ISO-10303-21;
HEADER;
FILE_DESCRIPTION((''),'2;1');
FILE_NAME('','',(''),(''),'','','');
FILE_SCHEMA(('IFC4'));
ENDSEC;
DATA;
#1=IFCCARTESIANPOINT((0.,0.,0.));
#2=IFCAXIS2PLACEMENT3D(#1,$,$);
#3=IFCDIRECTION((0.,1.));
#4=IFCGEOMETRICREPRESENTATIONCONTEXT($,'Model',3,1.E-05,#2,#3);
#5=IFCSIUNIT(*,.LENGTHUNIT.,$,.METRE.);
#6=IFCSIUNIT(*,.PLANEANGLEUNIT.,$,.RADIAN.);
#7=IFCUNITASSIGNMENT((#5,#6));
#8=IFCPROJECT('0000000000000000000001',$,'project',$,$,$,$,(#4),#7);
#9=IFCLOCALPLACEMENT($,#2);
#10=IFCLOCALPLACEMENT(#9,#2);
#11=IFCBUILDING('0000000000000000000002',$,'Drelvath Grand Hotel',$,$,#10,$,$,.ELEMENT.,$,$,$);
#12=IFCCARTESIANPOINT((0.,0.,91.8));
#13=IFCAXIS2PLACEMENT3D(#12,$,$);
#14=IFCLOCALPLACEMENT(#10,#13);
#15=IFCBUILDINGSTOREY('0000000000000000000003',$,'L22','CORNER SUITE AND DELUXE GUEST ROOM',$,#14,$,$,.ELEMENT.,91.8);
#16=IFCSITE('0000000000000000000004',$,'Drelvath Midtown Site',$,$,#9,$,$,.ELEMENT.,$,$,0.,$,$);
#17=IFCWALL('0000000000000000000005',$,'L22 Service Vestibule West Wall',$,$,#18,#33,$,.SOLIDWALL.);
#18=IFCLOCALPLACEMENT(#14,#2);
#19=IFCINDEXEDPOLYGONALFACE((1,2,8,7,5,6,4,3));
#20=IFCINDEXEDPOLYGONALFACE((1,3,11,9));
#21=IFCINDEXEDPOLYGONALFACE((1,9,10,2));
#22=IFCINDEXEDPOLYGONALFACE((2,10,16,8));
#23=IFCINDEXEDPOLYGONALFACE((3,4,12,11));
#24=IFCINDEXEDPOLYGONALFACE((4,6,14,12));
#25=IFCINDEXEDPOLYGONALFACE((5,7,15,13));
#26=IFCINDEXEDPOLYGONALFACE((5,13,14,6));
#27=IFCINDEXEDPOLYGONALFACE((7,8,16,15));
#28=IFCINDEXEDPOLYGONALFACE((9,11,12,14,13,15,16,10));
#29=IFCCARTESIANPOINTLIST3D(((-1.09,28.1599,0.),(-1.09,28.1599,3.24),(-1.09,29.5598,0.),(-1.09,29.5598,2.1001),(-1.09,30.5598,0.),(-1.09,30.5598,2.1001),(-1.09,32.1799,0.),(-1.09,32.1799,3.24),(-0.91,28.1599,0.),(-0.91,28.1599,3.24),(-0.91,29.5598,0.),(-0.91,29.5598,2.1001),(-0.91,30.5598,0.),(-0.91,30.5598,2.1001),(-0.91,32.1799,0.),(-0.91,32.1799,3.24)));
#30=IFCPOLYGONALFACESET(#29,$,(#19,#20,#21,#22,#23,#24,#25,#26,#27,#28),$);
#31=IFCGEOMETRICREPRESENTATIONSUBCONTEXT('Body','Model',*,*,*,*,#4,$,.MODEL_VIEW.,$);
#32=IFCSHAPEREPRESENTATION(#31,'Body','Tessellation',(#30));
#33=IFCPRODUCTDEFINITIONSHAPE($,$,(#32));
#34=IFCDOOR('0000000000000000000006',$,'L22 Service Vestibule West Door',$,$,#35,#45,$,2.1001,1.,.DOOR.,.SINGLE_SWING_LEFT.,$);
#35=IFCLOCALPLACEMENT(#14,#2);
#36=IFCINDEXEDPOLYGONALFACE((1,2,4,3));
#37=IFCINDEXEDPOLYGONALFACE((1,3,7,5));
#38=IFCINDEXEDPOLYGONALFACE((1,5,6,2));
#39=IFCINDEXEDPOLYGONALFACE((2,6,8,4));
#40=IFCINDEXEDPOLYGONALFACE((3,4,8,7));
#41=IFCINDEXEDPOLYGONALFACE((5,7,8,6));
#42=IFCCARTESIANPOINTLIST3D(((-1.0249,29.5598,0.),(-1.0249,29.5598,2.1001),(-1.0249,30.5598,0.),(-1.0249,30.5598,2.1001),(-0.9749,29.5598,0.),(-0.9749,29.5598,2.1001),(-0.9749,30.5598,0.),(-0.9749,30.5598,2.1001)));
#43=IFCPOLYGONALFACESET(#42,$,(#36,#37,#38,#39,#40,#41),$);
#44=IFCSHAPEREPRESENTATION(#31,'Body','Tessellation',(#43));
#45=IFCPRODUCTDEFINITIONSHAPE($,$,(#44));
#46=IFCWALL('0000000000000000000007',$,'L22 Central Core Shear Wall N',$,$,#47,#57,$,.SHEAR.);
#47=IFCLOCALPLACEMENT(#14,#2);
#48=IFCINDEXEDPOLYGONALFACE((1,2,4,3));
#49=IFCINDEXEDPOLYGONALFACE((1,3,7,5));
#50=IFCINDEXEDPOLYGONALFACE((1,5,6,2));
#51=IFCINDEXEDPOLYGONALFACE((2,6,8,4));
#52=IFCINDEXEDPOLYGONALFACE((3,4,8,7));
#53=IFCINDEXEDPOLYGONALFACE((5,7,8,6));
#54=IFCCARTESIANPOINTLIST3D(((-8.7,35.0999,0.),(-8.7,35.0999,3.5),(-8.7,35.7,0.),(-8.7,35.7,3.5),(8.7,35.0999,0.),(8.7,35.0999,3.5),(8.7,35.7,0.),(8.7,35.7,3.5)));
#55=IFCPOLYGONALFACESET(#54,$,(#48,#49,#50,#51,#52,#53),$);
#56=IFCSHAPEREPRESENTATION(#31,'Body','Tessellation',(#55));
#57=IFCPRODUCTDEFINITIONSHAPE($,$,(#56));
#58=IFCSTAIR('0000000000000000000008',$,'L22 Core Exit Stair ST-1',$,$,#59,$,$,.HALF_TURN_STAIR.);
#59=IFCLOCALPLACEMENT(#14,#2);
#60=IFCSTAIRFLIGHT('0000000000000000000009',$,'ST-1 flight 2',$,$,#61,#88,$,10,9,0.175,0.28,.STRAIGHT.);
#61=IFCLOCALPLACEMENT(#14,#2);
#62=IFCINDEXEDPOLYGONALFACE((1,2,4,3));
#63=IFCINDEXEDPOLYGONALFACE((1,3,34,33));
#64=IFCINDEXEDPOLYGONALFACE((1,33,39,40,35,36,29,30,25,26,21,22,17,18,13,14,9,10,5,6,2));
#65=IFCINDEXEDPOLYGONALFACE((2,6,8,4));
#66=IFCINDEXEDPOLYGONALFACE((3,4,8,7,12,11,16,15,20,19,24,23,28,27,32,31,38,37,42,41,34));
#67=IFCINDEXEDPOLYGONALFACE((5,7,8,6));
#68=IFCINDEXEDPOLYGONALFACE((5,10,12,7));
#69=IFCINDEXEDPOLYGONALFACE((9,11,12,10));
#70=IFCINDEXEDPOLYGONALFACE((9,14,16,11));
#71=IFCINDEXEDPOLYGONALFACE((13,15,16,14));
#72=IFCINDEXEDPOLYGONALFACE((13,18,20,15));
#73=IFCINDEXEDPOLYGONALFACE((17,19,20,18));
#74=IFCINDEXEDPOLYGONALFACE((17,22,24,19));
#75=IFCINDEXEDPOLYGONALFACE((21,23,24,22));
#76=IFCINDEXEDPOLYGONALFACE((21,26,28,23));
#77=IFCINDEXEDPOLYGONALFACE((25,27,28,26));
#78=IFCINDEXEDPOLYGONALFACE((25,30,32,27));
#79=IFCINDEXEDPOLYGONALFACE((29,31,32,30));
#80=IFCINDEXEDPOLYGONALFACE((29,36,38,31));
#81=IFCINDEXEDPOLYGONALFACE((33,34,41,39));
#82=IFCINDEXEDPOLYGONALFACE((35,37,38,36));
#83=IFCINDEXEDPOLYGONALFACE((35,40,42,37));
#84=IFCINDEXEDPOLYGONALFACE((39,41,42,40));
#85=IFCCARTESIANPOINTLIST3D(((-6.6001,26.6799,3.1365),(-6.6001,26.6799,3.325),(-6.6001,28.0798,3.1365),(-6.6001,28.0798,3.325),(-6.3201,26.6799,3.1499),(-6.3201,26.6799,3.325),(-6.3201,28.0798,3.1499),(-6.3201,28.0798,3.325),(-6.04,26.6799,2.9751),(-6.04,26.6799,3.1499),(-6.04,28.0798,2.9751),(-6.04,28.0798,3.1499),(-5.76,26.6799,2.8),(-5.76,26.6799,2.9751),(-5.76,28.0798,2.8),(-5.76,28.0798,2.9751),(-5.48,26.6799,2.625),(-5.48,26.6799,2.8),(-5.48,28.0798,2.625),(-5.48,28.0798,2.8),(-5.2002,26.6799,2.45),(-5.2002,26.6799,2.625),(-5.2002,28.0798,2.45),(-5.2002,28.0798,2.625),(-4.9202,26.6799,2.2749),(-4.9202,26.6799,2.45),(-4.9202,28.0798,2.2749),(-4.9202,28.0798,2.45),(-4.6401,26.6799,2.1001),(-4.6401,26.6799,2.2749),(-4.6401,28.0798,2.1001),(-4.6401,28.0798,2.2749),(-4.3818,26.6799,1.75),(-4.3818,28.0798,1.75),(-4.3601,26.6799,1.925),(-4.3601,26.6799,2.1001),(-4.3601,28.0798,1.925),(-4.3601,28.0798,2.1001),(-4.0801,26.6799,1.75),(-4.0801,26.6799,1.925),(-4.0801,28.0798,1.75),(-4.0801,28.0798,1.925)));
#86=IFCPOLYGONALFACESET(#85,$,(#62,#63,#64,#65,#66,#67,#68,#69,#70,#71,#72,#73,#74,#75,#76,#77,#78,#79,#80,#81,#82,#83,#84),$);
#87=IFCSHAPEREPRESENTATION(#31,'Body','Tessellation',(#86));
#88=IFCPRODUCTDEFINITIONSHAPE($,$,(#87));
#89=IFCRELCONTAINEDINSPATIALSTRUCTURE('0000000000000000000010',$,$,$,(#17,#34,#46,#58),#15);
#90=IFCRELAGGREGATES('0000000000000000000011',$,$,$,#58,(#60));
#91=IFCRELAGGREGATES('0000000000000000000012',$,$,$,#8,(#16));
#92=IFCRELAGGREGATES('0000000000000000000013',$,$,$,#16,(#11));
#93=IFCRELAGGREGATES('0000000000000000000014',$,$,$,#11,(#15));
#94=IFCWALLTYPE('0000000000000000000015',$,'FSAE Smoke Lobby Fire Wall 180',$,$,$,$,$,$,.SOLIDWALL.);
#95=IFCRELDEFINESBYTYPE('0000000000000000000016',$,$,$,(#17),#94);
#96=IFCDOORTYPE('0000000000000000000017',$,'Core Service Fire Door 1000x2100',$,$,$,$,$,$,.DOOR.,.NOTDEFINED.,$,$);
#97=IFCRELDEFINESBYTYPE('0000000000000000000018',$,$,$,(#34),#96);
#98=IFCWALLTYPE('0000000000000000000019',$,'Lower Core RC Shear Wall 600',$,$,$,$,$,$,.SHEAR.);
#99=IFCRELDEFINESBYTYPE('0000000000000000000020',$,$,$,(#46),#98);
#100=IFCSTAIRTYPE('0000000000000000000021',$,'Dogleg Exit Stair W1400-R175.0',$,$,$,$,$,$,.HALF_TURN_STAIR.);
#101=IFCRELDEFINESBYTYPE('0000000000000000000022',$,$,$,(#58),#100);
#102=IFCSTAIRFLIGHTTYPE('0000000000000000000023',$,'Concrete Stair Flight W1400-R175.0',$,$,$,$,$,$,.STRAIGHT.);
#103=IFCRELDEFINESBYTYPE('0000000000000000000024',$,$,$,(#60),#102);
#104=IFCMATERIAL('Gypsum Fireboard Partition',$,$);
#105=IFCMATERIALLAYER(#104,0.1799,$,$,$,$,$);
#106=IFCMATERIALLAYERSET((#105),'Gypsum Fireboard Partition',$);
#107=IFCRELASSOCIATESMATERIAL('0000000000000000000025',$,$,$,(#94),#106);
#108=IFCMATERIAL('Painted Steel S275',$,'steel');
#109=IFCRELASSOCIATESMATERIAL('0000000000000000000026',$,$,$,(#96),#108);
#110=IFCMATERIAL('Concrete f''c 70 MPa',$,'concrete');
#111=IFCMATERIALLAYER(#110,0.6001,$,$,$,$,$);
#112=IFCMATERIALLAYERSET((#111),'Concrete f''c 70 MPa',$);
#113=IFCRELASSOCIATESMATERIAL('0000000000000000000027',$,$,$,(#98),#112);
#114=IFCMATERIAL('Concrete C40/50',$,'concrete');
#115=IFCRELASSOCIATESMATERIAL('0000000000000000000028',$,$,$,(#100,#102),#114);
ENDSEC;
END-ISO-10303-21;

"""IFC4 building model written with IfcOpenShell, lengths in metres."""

from ifc_helpers import new_model, si_unit, direction, frame, frame_2d, origin, place, context, subcontext, project, spatial, polyline, rectangle, outline, extrude, material, layer, layer_set, type_object, element, fill, aggregate, save


model = new_model("IFC4")

# Units and contexts
model_context = context("Model", 3, precision=1e-05, world=origin(), true_north=direction((0.0, 1.0)))
body_context = subcontext(model_context, "Body", "Model", "MODEL_VIEW")
ifc_project = project(units=[si_unit("LENGTHUNIT", "METRE"), si_unit("PLANEANGLEUNIT", "RADIAN")], contexts=[model_context])

# Site, building, storey
site_placement = place(None, origin())
site = spatial("IfcSite", under=ifc_project, at=site_placement, Name="Drelvath Midtown Site", CompositionType="ELEMENT", RefElevation=0.0)
building_placement = place(site_placement, origin())
building = spatial("IfcBuilding", under=site, at=building_placement, Name="Drelvath Grand Hotel", CompositionType="ELEMENT")
storey_placement = place(building_placement, frame((0.0, 0.0, 91.8)))
storey = spatial("IfcBuildingStorey", under=building, at=storey_placement, Name="L22", Description="CORNER SUITE AND DELUXE GUEST ROOM", CompositionType="ELEMENT", Elevation=91.8)

# Shared definitions
ifc_material_1 = material(Name="Concrete f'c 70 MPa", Category="concrete")

# Shared definitions
ifc_material_2 = material(Name="Concrete C40/50", Category="concrete")

# Shared definitions
ifc_material_3 = material(Name="Gypsum Fireboard Partition")

# Wall, opening, door
ifc_layer_1 = layer(ifc_material_3, 0.1799)
ifc_layer_set_1 = layer_set([ifc_layer_1], Name="Gypsum Fireboard Partition")
wall_type_1 = type_object("IfcWallType", Name="FSAE Smoke Lobby Fire Wall 180", PredefinedType="SOLIDWALL", material=ifc_layer_set_1)
wall_1_placement = place(storey_placement, frame((-1.0, 28.1599, 0.0), z_axis=(0.0, 0.0, 1.0), x_axis=(0.0, 1.0, 0.0)))
wall_1 = element("IfcWall", 1, at=wall_1_placement, inside=storey, type_object=wall_type_1, Name="L22 Service Vestibule West Wall", PredefinedType="SOLIDWALL", context=body_context, shape_type="SweptSolid", body=[
    extrude(rectangle(XDim=4.02, YDim=0.1799, at=frame_2d((2.01, 0.0))), origin(), (0.0, 0.0, 1.0), 3.24),
])
opening_1_placement = place(wall_1_placement, frame((1.3999, 0.0, 0.0)))
opening_1 = element("IfcOpeningElement", 2, at=opening_1_placement, cuts=wall_1, PredefinedType="OPENING", context=body_context, shape_type="SweptSolid", body=[
    extrude(rectangle(XDim=1.0, YDim=2.1001, at=frame_2d((0.5, 1.05))), frame((0.0, 0.0999, 0.0), z_axis=(0.0, -1.0, 0.0), x_axis=(1.0, 0.0, 0.0)), (0.0, 0.0, 1.0), 0.2),
])
ifc_material_4 = material(Name="Painted Steel S275", Category="steel")
door_type_1 = type_object("IfcDoorType", Name="Core Service Fire Door 1000x2100", OperationType="NOTDEFINED", PredefinedType="DOOR", material=ifc_material_4)
door_1_placement = place(opening_1_placement, origin())
door_1 = element("IfcDoor", 3, at=door_1_placement, inside=storey, type_object=door_type_1, Name="L22 Service Vestibule West Door", OperationType="SINGLE_SWING_LEFT", OverallHeight=2.1001, OverallWidth=1.0, PredefinedType="DOOR", context=body_context, shape_type="SweptSolid", body=[
    extrude(rectangle(XDim=1.0, YDim=2.1001, at=frame_2d((0.5, 1.05))), frame((0.0, 0.0249, 0.0), z_axis=(0.0, -1.0, 0.0), x_axis=(1.0, 0.0, 0.0)), (0.0, 0.0, 1.0), 0.05),
])
fill(opening_1, door_1)

# Wall
ifc_layer_2 = layer(ifc_material_1, 0.6001)
ifc_layer_set_2 = layer_set([ifc_layer_2], Name="Concrete f'c 70 MPa")
wall_type_2 = type_object("IfcWallType", Name="Lower Core RC Shear Wall 600", PredefinedType="SHEAR", material=ifc_layer_set_2)
wall_2_placement = place(storey_placement, frame((-8.7, 35.3999, 0.0), z_axis=(0.0, 0.0, 1.0), x_axis=(1.0, 0.0, 0.0)))
element("IfcWall", 4, at=wall_2_placement, inside=storey, type_object=wall_type_2, Name="L22 Central Core Shear Wall N", PredefinedType="SHEAR", context=body_context, shape_type="SweptSolid", body=[
    extrude(rectangle(XDim=17.3999, YDim=0.6001, at=frame_2d((8.7, 0.0))), origin(), (0.0, 0.0, 1.0), 3.5),
])

# Stair, stair flight
stair_type = type_object("IfcStairType", Name="Dogleg Exit Stair W1400-R175.0", PredefinedType="HALF_TURN_STAIR", material=ifc_material_2)
stair_placement = place(storey_placement, origin())
stair = element("IfcStair", 5, at=stair_placement, inside=storey, type_object=stair_type, Name="L22 Core Exit Stair ST-1", PredefinedType="HALF_TURN_STAIR")
stair_flight_type = type_object("IfcStairFlightType", Name="Concrete Stair Flight W1400-R175.0", PredefinedType="STRAIGHT", material=ifc_material_2)
stair_flight_placement = place(storey_placement, frame((-4.0801, 27.3799, 1.75), z_axis=(0.0, 0.0, 1.0), x_axis=(-1.0, 0.0, 0.0)))
stair_flight = element("IfcStairFlight", 6, at=stair_flight_placement, type_object=stair_flight_type, Name="ST-1 flight 2", NumberOfRisers=10, NumberOfTreads=9, PredefinedType="STRAIGHT", RiserHeight=0.175, TreadLength=0.28, context=body_context, shape_type="SweptSolid", body=[
    extrude(outline(polyline([(0.0, 0.0), (0.0, 0.175), (0.28, 0.175), (0.28, 0.3501), (0.5601, 0.3501), (0.5601, 0.5249), (0.8401, 0.5249), (0.8401, 0.7), (1.1201, 0.7), (1.1201, 0.875), (1.3999, 0.875), (1.3999, 1.05), (1.6799, 1.05), (1.6799, 1.2251), (1.96, 1.2251), (1.96, 1.3999), (2.24, 1.3999), (2.24, 1.575), (2.52, 1.575), (2.52, 1.75), (2.52, 1.3865), (0.3018, 0.0), (0.0, 0.0)])), frame((0.0, 0.7, 0.0), z_axis=(0.0, -1.0, 0.0), x_axis=(1.0, 0.0, 0.0)), (0.0, 0.0, 1.0), 1.3999),
])
aggregate(stair, [stair_flight])

save(model, "model.ifc")
